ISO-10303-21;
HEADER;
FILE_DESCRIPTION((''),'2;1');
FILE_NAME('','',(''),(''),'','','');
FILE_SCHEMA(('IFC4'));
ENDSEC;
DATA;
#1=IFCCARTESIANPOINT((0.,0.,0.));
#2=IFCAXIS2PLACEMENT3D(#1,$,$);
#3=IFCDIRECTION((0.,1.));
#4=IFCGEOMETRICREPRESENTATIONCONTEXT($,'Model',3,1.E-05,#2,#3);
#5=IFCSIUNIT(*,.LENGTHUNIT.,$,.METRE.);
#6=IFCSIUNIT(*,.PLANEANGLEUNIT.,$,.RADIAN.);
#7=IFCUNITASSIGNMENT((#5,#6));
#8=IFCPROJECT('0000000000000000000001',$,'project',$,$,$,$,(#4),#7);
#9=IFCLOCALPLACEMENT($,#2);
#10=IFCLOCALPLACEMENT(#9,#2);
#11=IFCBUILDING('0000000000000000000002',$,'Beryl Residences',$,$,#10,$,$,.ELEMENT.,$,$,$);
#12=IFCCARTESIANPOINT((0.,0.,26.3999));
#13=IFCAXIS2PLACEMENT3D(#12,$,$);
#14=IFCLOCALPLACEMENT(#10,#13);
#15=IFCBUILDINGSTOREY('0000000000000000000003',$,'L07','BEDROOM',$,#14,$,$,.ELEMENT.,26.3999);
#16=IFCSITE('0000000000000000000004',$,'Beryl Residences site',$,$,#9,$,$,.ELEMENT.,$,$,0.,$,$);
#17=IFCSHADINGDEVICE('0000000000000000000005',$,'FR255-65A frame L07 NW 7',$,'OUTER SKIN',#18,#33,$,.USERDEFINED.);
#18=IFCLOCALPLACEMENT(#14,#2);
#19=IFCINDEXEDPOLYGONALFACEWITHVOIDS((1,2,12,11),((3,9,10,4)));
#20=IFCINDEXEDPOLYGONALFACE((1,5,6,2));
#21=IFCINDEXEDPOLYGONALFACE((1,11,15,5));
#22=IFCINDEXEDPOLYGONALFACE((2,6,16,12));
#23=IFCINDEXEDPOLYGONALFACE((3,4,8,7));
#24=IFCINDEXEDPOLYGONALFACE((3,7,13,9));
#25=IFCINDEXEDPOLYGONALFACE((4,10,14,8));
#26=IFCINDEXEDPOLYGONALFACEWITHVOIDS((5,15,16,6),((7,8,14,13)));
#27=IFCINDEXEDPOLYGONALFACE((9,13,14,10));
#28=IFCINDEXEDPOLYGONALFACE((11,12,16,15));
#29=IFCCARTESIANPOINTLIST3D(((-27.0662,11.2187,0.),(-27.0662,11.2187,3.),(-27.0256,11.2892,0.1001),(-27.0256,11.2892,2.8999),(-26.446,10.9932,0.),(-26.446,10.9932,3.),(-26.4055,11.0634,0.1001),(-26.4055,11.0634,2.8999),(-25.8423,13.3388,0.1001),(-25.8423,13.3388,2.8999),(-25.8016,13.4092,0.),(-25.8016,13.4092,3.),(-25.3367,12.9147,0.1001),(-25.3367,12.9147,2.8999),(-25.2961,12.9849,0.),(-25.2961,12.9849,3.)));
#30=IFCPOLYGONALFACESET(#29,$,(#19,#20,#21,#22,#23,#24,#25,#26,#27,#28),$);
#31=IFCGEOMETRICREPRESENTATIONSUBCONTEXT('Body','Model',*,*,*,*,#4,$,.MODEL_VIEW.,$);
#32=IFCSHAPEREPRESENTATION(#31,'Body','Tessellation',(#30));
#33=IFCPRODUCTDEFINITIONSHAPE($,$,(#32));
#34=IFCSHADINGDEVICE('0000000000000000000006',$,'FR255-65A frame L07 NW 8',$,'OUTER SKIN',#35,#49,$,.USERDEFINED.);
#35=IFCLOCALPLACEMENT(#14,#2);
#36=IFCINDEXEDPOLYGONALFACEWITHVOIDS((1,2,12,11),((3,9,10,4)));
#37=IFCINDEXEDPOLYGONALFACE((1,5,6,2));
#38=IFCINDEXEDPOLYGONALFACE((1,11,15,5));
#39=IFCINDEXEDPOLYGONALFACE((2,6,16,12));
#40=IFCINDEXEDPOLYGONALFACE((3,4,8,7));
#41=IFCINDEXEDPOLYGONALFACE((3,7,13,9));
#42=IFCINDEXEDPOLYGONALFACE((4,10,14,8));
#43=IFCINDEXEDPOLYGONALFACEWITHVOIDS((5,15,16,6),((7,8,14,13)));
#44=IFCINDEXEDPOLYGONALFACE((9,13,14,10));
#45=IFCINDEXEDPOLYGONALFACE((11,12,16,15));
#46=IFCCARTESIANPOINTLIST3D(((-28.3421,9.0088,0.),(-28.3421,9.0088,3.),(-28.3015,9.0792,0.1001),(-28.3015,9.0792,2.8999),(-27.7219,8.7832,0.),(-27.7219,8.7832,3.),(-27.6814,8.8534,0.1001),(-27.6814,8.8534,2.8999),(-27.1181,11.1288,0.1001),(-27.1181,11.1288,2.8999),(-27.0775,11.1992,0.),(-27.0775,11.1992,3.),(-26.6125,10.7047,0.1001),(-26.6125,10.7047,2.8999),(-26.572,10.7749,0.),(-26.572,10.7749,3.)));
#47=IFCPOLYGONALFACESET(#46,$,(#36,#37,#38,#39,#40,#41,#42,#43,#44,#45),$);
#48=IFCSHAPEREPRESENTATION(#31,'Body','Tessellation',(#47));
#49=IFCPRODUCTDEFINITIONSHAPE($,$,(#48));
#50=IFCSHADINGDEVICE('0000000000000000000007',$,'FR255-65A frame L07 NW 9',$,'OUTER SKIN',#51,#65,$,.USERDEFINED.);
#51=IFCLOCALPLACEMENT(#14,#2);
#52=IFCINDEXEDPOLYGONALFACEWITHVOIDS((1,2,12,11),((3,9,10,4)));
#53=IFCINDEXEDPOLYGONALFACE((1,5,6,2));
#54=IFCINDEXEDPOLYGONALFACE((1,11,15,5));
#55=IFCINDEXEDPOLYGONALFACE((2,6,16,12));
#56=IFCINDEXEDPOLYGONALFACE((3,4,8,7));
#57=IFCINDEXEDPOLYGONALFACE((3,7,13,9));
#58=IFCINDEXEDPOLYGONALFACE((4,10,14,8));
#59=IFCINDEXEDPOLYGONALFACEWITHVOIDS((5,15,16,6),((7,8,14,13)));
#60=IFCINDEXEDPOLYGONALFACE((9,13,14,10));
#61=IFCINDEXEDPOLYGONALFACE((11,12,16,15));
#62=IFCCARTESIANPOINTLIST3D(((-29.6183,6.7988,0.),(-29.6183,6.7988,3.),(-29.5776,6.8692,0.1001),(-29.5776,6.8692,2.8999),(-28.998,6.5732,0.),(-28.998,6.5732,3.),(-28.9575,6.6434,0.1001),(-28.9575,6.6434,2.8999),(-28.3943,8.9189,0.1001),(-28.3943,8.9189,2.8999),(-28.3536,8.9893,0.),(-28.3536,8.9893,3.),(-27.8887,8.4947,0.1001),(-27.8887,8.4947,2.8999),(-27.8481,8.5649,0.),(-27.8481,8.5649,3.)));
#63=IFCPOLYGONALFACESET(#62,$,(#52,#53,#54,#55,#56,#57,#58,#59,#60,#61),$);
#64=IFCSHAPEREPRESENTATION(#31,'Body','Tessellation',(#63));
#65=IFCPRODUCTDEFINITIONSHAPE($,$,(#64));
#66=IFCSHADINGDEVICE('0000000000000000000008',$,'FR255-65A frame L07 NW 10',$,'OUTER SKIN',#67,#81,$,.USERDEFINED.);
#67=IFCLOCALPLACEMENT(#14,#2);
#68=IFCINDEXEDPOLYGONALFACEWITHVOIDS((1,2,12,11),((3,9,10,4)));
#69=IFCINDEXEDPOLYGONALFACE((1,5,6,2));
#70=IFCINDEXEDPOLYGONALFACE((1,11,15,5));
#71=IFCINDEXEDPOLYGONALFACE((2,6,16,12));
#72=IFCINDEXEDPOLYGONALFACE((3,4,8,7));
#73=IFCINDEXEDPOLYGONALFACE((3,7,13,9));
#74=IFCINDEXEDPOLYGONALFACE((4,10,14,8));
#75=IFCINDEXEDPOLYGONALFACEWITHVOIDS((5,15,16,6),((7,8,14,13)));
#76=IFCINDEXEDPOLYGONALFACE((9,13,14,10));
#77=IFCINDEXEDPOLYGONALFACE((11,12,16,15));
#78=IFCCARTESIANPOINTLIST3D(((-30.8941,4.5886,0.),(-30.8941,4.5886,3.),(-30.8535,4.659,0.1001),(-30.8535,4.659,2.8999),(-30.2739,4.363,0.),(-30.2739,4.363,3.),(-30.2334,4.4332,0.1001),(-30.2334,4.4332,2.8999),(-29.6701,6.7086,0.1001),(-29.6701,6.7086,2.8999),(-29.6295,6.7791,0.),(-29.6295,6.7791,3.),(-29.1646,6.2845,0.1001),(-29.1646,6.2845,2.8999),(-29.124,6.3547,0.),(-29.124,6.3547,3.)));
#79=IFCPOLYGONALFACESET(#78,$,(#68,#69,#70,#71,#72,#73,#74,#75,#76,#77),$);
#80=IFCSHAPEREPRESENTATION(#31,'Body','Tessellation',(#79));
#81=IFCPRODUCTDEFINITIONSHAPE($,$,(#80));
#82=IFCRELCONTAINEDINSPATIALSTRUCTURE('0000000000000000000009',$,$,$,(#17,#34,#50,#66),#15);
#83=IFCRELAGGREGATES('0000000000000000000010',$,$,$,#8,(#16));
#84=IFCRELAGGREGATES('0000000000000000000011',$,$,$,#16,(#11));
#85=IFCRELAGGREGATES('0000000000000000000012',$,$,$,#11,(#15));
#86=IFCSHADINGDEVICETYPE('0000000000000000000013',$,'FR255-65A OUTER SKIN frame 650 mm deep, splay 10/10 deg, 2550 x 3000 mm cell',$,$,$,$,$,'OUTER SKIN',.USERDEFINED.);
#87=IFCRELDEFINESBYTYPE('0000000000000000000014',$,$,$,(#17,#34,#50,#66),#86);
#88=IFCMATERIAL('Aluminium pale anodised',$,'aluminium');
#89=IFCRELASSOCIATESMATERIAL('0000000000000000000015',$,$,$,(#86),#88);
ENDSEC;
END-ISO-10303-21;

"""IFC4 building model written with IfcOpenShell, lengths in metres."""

from ifc_helpers import new_model, entity, si_unit, direction, frame, origin, place, context, subcontext, project, spatial, source, transform, mapped, material, type_object, type_shapes, element, save


model = new_model("IFC4")

# Units and contexts
model_context = context("Model", 3, precision=1e-05, world=origin(), true_north=direction((0.0, 1.0)))
body_context = subcontext(model_context, "Body", "Model", "MODEL_VIEW")
ifc_project = project(units=[si_unit("LENGTHUNIT", "METRE"), si_unit("PLANEANGLEUNIT", "RADIAN")], contexts=[model_context])

# Site, building, storey
site_placement = place(None, origin())
site = spatial("IfcSite", under=ifc_project, at=site_placement, Name="Beryl Residences site", CompositionType="ELEMENT", RefElevation=0.0)
building_placement = place(site_placement, origin())
building = spatial("IfcBuilding", under=site, at=building_placement, Name="Beryl Residences", CompositionType="ELEMENT")
storey_placement = place(building_placement, frame((0.0, 0.0, 26.3999)))
storey = spatial("IfcBuildingStorey", under=building, at=storey_placement, Name="L07", Description="BEDROOM", CompositionType="ELEMENT", Elevation=26.3999)

# Shading devices
ifc_material_1 = material(Name="Aluminium pale anodised", Category="aluminium")
shading_device_type_1 = type_object("IfcShadingDeviceType", Name="FR255-65A OUTER SKIN frame 650 mm deep, splay 10/10 deg, 2550 x 3000 mm cell", ElementType="OUTER SKIN", PredefinedType="USERDEFINED", material=ifc_material_1)
cartesian_point_1 = entity("IfcCartesianPoint", [-1.1499, 0.0])
cartesian_point_2 = entity("IfcCartesianPoint", [-1.0688, 0.1001])
cartesian_point_3 = entity("IfcCartesianPoint", [-1.2646, 0.0])
cartesian_point_4 = entity("IfcCartesianPoint", [-1.1833, 0.1001])
shared_shape_1 = source(origin(), body_context, "Body", "SweptSolid", [
    entity("IfcExtrudedAreaSolidTapered", entity("IfcArbitraryProfileDefWithVoids", "AREA", None, entity("IfcPolyline", [cartesian_point_1, entity("IfcCartesianPoint", [1.1499, 0.0]), entity("IfcCartesianPoint", [1.1499, 3.0]), entity("IfcCartesianPoint", [-1.1499, 3.0]), cartesian_point_1]), [entity("IfcPolyline", [cartesian_point_2, entity("IfcCartesianPoint", [1.0688, 0.1001]), entity("IfcCartesianPoint", [1.0688, 2.8999]), entity("IfcCartesianPoint", [-1.0688, 2.8999]), cartesian_point_2])]), entity("IfcAxis2Placement3D", entity("IfcCartesianPoint", [0.0, 0.0, 0.0]), entity("IfcDirection", [0.0, 1.0, 0.0]), entity("IfcDirection", [-1.0, 0.0, 0.0])), entity("IfcDirection", [0.0, 0.0, 1.0]), 0.6499, entity("IfcArbitraryProfileDefWithVoids", "AREA", None, entity("IfcPolyline", [cartesian_point_3, entity("IfcCartesianPoint", [1.2646, 0.0]), entity("IfcCartesianPoint", [1.2646, 3.0]), entity("IfcCartesianPoint", [-1.2646, 3.0]), cartesian_point_3]), [entity("IfcPolyline", [cartesian_point_4, entity("IfcCartesianPoint", [1.1833, 0.1001]), entity("IfcCartesianPoint", [1.1833, 2.8999]), entity("IfcCartesianPoint", [-1.1833, 2.8999]), cartesian_point_4])])),
])
type_shapes(shading_device_type_1, [shared_shape_1])
for number, where, z_axis, x_axis, name in (
    (1, (-25.8711, 11.989, 0.0), (0.0, 0.0, 1.0), (0.5, 0.866025, 0.0), "FR255-65A frame L07 NW 7"),
    (2, (-27.147, 9.7791, 0.0), (0.0, 0.0, 1.0), (0.5, 0.866025, 0.0), "FR255-65A frame L07 NW 8"),
    (3, (-28.4231, 7.5691, 0.0), (0.0, 0.0, 1.0), (0.5, 0.866025, 0.0), "FR255-65A frame L07 NW 9"),
    (4, (-29.699, 5.3589, 0.0), (0.0, 0.0, 1.0), (0.5, 0.866025, 0.0), "FR255-65A frame L07 NW 10"),
):
    element("IfcShadingDevice", number, at=place(storey_placement, frame(where, z_axis=z_axis, x_axis=x_axis)), inside=storey, type_object=shading_device_type_1, Name=name, ObjectType="OUTER SKIN", PredefinedType="USERDEFINED", context=body_context, shape_type="MappedRepresentation", body=[
        mapped(shared_shape_1, transform((0.0, 0.0, 0.0))),
    ])

save(model, "model.ifc")
